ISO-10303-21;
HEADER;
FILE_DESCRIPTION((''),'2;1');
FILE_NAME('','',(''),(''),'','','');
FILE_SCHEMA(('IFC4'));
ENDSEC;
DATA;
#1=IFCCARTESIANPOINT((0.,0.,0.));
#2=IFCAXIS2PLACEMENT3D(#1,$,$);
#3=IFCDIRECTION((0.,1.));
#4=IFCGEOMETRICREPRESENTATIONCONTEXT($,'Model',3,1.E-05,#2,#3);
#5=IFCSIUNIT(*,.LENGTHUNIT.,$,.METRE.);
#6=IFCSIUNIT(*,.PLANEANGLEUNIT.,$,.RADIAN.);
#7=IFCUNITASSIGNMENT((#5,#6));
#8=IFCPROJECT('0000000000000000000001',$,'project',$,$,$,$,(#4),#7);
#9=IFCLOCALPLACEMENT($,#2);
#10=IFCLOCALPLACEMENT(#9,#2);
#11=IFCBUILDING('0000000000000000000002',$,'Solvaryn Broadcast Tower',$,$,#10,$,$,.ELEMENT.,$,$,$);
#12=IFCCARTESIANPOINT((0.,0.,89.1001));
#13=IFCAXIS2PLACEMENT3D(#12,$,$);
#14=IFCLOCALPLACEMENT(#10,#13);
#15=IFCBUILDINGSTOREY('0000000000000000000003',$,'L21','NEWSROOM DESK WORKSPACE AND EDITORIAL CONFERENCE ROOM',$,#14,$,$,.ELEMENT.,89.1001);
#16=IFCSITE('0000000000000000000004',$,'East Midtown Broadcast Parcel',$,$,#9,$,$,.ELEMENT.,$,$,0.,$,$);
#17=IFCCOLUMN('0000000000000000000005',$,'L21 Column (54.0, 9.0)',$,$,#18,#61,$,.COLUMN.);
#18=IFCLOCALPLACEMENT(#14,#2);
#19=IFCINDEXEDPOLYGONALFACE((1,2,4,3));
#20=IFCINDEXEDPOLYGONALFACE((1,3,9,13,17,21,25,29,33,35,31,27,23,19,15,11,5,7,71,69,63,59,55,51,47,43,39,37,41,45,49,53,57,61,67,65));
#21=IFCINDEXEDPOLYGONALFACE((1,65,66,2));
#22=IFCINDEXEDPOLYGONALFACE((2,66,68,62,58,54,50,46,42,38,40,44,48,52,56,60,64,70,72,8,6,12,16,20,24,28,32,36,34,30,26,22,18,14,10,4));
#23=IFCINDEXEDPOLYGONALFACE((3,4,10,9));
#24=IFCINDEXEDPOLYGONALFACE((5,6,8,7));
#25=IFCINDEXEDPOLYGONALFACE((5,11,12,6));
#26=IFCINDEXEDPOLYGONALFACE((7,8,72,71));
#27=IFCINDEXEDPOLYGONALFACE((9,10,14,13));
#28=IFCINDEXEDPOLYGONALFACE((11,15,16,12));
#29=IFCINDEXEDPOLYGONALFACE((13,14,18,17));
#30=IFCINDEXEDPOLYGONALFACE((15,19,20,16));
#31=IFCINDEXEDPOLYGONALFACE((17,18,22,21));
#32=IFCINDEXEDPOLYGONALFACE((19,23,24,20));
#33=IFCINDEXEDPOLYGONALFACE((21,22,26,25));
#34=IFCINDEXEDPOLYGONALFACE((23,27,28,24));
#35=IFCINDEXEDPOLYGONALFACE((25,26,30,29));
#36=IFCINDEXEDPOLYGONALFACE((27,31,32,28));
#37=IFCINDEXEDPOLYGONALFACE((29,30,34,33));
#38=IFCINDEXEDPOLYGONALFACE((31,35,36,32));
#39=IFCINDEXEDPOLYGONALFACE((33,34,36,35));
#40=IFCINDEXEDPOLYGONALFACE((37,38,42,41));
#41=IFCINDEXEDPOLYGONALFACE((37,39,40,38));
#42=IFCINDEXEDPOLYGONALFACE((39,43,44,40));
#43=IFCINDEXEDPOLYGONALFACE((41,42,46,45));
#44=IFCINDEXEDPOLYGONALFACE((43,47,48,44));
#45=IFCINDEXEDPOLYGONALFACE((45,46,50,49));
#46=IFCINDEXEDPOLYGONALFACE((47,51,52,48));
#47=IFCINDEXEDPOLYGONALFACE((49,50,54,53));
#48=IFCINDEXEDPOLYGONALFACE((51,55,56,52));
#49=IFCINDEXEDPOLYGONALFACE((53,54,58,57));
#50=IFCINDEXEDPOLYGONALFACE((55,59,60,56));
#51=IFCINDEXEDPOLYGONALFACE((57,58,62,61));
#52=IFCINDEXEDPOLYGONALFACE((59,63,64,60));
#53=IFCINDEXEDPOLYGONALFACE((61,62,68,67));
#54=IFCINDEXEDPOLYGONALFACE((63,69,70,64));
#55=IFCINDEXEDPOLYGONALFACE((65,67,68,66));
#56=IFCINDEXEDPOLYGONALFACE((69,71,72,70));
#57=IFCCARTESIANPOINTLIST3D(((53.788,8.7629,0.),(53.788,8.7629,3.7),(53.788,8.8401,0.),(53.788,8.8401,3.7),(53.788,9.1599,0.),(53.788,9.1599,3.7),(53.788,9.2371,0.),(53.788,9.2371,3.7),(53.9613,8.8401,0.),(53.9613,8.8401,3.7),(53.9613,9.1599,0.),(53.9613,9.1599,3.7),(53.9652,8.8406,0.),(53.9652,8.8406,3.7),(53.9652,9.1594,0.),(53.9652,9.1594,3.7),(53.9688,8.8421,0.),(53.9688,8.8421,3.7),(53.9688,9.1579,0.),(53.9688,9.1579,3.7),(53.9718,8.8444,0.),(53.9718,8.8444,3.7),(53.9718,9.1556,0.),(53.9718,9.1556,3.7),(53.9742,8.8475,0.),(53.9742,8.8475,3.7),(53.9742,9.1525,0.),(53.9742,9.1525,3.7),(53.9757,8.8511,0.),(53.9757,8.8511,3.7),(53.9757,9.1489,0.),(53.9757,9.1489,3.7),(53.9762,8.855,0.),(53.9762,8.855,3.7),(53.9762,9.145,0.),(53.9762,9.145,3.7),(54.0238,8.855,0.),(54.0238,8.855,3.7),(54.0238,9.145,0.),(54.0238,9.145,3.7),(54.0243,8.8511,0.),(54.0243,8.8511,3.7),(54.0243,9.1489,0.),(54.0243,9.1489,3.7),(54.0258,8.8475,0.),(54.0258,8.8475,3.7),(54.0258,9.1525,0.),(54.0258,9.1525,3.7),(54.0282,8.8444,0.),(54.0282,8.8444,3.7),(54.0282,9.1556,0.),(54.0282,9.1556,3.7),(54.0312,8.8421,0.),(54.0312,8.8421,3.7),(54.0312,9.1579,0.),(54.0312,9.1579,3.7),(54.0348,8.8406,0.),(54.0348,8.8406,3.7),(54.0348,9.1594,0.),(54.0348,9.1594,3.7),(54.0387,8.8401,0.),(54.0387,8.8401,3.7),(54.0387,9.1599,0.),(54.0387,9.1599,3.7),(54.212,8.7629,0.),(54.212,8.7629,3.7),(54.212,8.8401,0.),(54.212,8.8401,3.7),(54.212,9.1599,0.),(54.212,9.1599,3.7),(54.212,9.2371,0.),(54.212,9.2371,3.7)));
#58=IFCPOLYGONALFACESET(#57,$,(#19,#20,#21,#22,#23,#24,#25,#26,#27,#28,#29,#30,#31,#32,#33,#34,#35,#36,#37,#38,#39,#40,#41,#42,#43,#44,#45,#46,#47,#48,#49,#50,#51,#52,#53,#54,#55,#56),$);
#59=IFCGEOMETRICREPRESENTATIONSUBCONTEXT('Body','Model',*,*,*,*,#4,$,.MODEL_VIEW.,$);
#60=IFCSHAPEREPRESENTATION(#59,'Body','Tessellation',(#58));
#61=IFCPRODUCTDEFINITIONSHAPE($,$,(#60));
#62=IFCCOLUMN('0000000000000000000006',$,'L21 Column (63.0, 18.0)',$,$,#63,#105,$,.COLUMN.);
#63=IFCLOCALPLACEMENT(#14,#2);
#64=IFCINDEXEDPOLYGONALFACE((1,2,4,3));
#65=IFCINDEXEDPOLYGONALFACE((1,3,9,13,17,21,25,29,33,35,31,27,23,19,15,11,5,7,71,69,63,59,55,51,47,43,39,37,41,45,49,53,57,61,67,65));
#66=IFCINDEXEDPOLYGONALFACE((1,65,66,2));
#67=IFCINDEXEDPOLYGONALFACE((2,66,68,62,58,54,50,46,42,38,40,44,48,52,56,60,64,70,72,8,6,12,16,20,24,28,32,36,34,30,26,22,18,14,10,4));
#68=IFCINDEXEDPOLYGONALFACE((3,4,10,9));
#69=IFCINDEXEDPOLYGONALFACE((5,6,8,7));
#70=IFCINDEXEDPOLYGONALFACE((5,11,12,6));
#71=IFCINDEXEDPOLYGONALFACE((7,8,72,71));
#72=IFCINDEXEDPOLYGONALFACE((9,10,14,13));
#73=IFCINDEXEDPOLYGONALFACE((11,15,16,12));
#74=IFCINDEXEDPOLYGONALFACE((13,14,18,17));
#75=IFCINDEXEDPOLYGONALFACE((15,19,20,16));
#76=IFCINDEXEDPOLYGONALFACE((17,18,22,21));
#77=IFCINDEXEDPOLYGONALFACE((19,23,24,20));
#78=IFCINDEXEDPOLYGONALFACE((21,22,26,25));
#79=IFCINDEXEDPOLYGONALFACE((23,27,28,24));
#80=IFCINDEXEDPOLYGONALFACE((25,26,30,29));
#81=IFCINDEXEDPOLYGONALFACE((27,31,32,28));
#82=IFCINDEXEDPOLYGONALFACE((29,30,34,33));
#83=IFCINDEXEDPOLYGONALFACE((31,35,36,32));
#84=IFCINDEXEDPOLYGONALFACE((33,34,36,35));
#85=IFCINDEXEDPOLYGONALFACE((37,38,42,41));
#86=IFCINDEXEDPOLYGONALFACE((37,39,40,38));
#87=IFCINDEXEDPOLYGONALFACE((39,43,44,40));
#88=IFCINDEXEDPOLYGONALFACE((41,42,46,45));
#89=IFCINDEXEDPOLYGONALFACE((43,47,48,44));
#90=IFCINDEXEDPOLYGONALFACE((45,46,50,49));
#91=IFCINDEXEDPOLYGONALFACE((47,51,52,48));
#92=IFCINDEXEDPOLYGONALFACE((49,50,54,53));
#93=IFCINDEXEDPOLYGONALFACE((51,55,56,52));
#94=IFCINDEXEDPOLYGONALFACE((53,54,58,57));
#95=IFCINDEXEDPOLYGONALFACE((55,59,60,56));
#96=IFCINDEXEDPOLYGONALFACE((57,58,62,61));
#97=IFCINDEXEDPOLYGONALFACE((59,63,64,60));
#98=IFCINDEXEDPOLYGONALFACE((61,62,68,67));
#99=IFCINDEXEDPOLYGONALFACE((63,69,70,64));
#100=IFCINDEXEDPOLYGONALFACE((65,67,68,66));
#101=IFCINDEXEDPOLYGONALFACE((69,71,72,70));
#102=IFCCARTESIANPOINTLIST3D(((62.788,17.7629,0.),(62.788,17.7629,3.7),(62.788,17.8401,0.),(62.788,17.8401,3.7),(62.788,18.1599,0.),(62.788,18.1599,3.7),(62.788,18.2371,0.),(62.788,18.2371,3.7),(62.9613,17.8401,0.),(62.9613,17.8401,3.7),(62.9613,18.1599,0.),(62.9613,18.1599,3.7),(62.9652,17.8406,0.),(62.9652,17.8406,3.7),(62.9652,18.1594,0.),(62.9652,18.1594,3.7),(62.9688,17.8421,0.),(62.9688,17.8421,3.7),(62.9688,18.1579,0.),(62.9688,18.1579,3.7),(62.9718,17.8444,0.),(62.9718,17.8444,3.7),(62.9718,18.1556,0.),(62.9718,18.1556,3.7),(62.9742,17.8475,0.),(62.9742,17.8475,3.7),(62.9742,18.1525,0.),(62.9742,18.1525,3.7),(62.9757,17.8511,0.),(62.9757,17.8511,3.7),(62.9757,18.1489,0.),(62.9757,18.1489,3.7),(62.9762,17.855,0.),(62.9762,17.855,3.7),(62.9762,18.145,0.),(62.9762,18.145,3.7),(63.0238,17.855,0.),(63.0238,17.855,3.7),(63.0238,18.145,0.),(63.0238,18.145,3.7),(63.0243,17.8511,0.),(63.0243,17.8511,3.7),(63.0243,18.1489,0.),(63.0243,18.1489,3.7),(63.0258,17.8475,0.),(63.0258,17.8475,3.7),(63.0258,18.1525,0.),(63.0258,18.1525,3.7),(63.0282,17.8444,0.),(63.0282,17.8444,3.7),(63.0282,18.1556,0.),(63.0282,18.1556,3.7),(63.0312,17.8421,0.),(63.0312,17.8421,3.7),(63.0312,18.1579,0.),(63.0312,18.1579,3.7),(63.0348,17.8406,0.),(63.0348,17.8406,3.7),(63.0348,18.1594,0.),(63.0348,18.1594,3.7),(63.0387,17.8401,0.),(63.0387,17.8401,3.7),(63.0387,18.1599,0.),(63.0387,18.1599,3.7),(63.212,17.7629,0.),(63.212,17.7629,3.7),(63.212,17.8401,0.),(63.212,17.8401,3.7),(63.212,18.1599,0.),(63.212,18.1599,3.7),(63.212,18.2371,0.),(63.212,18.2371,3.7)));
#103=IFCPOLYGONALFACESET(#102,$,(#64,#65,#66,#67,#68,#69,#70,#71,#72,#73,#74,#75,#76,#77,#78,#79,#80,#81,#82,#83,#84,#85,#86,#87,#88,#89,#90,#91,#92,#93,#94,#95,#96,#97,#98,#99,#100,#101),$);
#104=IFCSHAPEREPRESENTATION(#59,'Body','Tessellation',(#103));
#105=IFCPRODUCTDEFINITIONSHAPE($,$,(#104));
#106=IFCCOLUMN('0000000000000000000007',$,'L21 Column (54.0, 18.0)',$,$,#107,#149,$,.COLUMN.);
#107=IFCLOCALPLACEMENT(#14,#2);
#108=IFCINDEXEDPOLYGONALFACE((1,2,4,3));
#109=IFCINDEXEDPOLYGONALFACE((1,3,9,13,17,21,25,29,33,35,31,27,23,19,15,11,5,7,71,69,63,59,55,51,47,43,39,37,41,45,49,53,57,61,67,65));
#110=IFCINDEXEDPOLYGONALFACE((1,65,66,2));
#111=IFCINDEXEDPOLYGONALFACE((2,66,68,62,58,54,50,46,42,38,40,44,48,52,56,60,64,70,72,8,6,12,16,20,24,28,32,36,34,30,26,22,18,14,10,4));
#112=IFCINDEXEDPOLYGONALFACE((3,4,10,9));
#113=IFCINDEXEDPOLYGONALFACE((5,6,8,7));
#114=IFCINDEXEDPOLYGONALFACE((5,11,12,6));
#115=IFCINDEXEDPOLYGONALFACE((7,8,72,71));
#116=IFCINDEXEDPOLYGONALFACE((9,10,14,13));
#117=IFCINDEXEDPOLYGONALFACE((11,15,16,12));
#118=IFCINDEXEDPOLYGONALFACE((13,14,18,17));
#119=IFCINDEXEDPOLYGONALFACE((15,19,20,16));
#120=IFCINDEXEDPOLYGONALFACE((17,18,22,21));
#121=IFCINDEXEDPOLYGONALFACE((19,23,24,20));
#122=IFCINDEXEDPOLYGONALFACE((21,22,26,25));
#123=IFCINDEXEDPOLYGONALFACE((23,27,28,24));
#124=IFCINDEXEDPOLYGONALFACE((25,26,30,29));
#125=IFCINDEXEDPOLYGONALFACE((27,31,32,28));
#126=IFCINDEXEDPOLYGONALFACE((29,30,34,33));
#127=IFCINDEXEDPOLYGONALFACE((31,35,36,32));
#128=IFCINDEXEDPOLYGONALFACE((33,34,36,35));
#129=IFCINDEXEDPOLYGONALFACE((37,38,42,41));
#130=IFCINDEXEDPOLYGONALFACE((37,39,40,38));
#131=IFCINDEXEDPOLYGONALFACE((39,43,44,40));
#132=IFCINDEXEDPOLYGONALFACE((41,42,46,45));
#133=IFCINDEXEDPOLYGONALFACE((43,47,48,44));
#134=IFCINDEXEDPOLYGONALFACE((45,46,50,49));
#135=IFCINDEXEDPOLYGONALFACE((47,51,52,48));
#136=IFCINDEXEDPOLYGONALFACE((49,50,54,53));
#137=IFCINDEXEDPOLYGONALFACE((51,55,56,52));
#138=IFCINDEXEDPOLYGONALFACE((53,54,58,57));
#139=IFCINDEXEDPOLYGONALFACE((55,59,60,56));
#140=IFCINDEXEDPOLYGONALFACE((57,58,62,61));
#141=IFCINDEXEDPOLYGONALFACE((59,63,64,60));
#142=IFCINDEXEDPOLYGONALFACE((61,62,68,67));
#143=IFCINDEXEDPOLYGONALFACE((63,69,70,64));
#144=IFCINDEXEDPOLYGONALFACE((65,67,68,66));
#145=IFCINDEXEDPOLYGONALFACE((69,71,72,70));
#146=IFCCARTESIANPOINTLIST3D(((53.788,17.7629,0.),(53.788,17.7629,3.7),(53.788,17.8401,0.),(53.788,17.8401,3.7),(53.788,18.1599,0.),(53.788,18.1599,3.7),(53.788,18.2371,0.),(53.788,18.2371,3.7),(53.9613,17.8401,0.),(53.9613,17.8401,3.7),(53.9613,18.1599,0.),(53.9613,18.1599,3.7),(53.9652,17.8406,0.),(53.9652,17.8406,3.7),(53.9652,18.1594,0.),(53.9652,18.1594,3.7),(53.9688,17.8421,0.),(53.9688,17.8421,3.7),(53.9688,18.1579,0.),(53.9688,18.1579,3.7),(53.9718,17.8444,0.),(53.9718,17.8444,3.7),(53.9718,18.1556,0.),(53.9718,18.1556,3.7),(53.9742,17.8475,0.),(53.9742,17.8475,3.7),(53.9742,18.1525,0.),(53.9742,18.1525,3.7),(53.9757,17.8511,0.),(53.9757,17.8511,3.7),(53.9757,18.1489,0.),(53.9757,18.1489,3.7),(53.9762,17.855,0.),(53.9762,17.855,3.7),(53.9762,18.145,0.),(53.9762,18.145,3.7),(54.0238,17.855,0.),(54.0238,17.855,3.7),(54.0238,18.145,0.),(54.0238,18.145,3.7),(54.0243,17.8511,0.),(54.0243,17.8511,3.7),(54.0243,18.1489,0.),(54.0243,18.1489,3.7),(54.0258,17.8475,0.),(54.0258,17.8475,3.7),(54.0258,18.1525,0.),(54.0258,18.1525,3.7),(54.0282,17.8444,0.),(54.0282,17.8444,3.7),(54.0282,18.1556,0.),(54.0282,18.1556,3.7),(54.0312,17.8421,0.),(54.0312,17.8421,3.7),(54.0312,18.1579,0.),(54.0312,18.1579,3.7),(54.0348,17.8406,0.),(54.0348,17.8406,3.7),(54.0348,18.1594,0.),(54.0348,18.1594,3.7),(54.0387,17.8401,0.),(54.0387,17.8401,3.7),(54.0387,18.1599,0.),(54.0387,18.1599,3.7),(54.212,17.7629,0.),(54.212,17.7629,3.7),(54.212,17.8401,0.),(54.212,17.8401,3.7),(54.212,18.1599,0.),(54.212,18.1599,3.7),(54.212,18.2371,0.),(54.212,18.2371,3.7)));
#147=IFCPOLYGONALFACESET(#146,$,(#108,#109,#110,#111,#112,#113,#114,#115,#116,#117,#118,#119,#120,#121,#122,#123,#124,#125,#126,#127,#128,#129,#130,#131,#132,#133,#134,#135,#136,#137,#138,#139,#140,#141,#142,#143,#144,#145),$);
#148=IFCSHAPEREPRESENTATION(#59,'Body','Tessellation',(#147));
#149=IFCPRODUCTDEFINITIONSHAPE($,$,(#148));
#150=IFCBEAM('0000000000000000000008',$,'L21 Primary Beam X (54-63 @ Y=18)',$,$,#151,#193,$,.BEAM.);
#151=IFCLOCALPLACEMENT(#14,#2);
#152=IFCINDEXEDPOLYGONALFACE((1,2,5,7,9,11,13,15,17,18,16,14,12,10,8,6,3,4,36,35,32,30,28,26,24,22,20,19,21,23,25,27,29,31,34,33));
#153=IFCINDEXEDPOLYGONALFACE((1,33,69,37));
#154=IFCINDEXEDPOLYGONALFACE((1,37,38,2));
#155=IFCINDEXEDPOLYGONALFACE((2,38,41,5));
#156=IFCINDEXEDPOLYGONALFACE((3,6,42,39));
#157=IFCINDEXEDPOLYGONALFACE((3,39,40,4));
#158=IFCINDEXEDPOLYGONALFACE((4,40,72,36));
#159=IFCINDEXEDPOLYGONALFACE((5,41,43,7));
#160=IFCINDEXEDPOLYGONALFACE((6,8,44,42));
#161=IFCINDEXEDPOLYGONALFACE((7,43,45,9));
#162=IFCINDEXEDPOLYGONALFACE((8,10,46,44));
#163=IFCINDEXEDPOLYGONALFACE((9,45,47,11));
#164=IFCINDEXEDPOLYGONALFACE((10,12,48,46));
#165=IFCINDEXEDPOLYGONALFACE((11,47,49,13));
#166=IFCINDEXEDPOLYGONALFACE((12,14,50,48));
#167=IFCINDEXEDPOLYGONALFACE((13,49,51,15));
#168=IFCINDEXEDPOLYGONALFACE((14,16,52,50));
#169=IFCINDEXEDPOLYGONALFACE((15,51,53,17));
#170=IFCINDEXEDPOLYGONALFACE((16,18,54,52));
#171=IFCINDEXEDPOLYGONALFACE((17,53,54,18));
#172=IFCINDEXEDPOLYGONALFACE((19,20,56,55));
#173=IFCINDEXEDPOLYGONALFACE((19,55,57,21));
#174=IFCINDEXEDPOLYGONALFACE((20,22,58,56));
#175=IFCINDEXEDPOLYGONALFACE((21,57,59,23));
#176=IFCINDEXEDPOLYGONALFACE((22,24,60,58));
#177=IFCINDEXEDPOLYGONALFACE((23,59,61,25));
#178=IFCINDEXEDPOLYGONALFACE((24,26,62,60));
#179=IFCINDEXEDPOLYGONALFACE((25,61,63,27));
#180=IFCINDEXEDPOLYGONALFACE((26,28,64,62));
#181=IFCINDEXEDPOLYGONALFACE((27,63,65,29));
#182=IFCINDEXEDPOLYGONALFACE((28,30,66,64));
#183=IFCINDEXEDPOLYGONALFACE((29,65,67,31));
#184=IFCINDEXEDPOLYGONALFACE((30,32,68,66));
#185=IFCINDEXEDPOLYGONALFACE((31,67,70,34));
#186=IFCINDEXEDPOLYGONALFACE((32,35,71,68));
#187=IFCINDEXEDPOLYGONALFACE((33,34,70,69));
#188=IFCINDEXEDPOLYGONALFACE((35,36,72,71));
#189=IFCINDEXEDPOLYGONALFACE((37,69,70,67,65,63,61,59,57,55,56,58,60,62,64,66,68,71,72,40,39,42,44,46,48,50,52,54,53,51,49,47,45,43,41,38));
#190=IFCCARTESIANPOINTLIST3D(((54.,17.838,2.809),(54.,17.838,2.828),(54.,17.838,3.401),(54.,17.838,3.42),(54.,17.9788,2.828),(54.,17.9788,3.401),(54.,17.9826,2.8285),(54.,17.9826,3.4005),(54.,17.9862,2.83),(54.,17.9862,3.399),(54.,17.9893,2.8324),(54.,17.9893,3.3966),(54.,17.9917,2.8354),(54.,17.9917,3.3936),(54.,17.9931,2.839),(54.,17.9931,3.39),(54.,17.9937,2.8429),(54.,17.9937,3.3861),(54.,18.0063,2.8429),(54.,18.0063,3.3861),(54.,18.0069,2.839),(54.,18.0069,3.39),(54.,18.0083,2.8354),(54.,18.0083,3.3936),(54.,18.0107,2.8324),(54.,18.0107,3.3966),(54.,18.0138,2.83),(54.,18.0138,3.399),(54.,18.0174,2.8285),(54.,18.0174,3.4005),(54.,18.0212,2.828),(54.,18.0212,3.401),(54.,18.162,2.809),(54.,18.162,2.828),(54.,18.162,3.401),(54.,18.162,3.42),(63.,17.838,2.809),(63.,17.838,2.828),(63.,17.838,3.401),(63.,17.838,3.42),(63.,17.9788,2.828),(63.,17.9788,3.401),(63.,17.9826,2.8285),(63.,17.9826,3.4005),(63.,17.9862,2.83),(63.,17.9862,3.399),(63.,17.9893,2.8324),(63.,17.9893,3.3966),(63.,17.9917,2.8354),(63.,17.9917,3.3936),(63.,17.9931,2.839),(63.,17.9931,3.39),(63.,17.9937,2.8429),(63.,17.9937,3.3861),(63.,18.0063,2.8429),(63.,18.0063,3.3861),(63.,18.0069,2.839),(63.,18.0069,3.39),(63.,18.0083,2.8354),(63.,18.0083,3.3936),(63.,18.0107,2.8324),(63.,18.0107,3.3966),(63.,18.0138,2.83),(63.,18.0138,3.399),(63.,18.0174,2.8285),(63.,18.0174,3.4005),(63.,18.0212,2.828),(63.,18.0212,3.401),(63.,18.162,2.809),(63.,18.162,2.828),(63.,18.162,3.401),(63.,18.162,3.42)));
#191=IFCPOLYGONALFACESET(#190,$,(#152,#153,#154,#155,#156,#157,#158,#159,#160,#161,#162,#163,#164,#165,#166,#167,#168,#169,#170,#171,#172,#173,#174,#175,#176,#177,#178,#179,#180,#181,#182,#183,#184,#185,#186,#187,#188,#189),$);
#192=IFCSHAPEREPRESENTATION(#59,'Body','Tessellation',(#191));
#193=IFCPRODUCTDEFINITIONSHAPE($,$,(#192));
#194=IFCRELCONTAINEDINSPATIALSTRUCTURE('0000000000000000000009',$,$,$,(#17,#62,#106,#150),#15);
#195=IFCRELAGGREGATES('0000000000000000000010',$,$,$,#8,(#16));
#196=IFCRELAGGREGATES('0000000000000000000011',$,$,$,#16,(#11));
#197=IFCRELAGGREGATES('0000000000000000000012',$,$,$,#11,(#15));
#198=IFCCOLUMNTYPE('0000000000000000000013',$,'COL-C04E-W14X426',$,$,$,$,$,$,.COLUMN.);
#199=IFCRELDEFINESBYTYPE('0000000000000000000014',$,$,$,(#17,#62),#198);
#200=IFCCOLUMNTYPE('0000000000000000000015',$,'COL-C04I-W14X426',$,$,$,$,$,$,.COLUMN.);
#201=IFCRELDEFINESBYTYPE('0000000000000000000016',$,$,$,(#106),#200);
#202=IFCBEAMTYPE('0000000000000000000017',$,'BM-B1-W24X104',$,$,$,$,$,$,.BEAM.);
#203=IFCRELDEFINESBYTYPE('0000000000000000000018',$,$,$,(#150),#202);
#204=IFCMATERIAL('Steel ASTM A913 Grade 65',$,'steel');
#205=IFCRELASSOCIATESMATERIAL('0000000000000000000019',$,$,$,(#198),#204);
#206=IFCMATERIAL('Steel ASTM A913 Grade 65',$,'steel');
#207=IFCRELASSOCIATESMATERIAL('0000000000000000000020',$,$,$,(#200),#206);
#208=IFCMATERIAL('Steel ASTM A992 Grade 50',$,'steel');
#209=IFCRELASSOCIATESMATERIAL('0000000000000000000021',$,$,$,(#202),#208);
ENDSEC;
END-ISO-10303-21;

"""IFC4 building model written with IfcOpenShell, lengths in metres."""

from ifc_helpers import new_model, si_unit, direction, frame, origin, origin_2d, place, context, subcontext, project, spatial, i_section, extrude, material, material_profile, profile_set, type_object, element, save


model = new_model("IFC4")

# Units and contexts
model_context = context("Model", 3, precision=1e-05, world=origin(), true_north=direction((0.0, 1.0)))
body_context = subcontext(model_context, "Body", "Model", "MODEL_VIEW")
ifc_project = project(units=[si_unit("LENGTHUNIT", "METRE"), si_unit("PLANEANGLEUNIT", "RADIAN")], contexts=[model_context])

# Site, building, storey
site_placement = place(None, origin())
site = spatial("IfcSite", under=ifc_project, at=site_placement, Name="East Midtown Broadcast Parcel", CompositionType="ELEMENT", RefElevation=0.0)
building_placement = place(site_placement, origin())
building = spatial("IfcBuilding", under=site, at=building_placement, Name="Solvaryn Broadcast Tower", CompositionType="ELEMENT")
storey_placement = place(building_placement, frame((0.0, 0.0, 89.1001)))
storey = spatial("IfcBuildingStorey", under=building, at=storey_placement, Name="L21", Description="NEWSROOM DESK WORKSPACE AND EDITORIAL CONFERENCE ROOM", CompositionType="ELEMENT", Elevation=89.1001)

# Columns
ifc_material_1 = material(Name="Steel ASTM A913 Grade 65", Category="steel")
ifc_material_profile_1 = material_profile(ifc_material_1, i_section(OverallWidth=0.4241, OverallDepth=0.4741, WebThickness=0.0476, FlangeThickness=0.0771, FilletRadius=0.0149, at=origin_2d()))
ifc_profile_set_1 = profile_set([ifc_material_profile_1], Name="Steel ASTM A913 Grade 65")
column_type_1 = type_object("IfcColumnType", Name="COL-C04E-W14X426", PredefinedType="COLUMN", material=ifc_profile_set_1)
for number, where, z_axis, x_axis, name in (
    (1, (54.0, 9.0, 0.0), (0.0, 0.0, 1.0), (1.0, 0.0, 0.0), "L21 Column (54.0, 9.0)"),
    (2, (63.0, 18.0, 0.0), (0.0, 0.0, 1.0), (1.0, 0.0, 0.0), "L21 Column (63.0, 18.0)"),
):
    element("IfcColumn", number, at=place(storey_placement, frame(where, z_axis=z_axis, x_axis=x_axis)), inside=storey, type_object=column_type_1, Name=name, PredefinedType="COLUMN", context=body_context, shape_type="SweptSolid", body=[
        extrude(i_section(OverallWidth=0.4241, OverallDepth=0.4741, WebThickness=0.0476, FlangeThickness=0.0771, FilletRadius=0.0149, at=origin_2d()), origin(), (0.0, 0.0, 1.0), 3.7),
    ])
ifc_material_2 = material(Name="Steel ASTM A913 Grade 65", Category="steel")
ifc_material_profile_2 = material_profile(ifc_material_2, i_section(OverallWidth=0.4241, OverallDepth=0.4741, WebThickness=0.0476, FlangeThickness=0.0771, FilletRadius=0.0149, at=origin_2d()))
ifc_profile_set_2 = profile_set([ifc_material_profile_2], Name="Steel ASTM A913 Grade 65")
column_type_2 = type_object("IfcColumnType", Name="COL-C04I-W14X426", PredefinedType="COLUMN", material=ifc_profile_set_2)
column_placement = place(storey_placement, frame((54.0, 18.0, 0.0), z_axis=(0.0, 0.0, 1.0), x_axis=(1.0, 0.0, 0.0)))
element("IfcColumn", 3, at=column_placement, inside=storey, type_object=column_type_2, Name="L21 Column (54.0, 18.0)", PredefinedType="COLUMN", context=body_context, shape_type="SweptSolid", body=[
    extrude(i_section(OverallWidth=0.4241, OverallDepth=0.4741, WebThickness=0.0476, FlangeThickness=0.0771, FilletRadius=0.0149, at=origin_2d()), origin(), (0.0, 0.0, 1.0), 3.7),
])

# Beam
ifc_material_3 = material(Name="Steel ASTM A992 Grade 50", Category="steel")
ifc_material_profile_3 = material_profile(ifc_material_3, i_section(OverallWidth=0.324, OverallDepth=0.6111, WebThickness=0.0127, FlangeThickness=0.019, FilletRadius=0.0149, at=origin_2d()))
ifc_profile_set_3 = profile_set([ifc_material_profile_3], Name="Steel ASTM A992 Grade 50")
beam_type = type_object("IfcBeamType", Name="BM-B1-W24X104", PredefinedType="BEAM", material=ifc_profile_set_3)
beam_placement = place(storey_placement, frame((54.0, 18.0, 3.1145), z_axis=(1.0, 0.0, 0.0), x_axis=(0.0, 1.0, 0.0)))
element("IfcBeam", 4, at=beam_placement, inside=storey, type_object=beam_type, Name="L21 Primary Beam X (54-63 @ Y=18)", PredefinedType="BEAM", context=body_context, shape_type="SweptSolid", body=[
    extrude(i_section(OverallWidth=0.324, OverallDepth=0.6111, WebThickness=0.0127, FlangeThickness=0.019, FilletRadius=0.0149, at=origin_2d()), origin(), (0.0, 0.0, 1.0), 9.0),
])

save(model, "model.ifc")
